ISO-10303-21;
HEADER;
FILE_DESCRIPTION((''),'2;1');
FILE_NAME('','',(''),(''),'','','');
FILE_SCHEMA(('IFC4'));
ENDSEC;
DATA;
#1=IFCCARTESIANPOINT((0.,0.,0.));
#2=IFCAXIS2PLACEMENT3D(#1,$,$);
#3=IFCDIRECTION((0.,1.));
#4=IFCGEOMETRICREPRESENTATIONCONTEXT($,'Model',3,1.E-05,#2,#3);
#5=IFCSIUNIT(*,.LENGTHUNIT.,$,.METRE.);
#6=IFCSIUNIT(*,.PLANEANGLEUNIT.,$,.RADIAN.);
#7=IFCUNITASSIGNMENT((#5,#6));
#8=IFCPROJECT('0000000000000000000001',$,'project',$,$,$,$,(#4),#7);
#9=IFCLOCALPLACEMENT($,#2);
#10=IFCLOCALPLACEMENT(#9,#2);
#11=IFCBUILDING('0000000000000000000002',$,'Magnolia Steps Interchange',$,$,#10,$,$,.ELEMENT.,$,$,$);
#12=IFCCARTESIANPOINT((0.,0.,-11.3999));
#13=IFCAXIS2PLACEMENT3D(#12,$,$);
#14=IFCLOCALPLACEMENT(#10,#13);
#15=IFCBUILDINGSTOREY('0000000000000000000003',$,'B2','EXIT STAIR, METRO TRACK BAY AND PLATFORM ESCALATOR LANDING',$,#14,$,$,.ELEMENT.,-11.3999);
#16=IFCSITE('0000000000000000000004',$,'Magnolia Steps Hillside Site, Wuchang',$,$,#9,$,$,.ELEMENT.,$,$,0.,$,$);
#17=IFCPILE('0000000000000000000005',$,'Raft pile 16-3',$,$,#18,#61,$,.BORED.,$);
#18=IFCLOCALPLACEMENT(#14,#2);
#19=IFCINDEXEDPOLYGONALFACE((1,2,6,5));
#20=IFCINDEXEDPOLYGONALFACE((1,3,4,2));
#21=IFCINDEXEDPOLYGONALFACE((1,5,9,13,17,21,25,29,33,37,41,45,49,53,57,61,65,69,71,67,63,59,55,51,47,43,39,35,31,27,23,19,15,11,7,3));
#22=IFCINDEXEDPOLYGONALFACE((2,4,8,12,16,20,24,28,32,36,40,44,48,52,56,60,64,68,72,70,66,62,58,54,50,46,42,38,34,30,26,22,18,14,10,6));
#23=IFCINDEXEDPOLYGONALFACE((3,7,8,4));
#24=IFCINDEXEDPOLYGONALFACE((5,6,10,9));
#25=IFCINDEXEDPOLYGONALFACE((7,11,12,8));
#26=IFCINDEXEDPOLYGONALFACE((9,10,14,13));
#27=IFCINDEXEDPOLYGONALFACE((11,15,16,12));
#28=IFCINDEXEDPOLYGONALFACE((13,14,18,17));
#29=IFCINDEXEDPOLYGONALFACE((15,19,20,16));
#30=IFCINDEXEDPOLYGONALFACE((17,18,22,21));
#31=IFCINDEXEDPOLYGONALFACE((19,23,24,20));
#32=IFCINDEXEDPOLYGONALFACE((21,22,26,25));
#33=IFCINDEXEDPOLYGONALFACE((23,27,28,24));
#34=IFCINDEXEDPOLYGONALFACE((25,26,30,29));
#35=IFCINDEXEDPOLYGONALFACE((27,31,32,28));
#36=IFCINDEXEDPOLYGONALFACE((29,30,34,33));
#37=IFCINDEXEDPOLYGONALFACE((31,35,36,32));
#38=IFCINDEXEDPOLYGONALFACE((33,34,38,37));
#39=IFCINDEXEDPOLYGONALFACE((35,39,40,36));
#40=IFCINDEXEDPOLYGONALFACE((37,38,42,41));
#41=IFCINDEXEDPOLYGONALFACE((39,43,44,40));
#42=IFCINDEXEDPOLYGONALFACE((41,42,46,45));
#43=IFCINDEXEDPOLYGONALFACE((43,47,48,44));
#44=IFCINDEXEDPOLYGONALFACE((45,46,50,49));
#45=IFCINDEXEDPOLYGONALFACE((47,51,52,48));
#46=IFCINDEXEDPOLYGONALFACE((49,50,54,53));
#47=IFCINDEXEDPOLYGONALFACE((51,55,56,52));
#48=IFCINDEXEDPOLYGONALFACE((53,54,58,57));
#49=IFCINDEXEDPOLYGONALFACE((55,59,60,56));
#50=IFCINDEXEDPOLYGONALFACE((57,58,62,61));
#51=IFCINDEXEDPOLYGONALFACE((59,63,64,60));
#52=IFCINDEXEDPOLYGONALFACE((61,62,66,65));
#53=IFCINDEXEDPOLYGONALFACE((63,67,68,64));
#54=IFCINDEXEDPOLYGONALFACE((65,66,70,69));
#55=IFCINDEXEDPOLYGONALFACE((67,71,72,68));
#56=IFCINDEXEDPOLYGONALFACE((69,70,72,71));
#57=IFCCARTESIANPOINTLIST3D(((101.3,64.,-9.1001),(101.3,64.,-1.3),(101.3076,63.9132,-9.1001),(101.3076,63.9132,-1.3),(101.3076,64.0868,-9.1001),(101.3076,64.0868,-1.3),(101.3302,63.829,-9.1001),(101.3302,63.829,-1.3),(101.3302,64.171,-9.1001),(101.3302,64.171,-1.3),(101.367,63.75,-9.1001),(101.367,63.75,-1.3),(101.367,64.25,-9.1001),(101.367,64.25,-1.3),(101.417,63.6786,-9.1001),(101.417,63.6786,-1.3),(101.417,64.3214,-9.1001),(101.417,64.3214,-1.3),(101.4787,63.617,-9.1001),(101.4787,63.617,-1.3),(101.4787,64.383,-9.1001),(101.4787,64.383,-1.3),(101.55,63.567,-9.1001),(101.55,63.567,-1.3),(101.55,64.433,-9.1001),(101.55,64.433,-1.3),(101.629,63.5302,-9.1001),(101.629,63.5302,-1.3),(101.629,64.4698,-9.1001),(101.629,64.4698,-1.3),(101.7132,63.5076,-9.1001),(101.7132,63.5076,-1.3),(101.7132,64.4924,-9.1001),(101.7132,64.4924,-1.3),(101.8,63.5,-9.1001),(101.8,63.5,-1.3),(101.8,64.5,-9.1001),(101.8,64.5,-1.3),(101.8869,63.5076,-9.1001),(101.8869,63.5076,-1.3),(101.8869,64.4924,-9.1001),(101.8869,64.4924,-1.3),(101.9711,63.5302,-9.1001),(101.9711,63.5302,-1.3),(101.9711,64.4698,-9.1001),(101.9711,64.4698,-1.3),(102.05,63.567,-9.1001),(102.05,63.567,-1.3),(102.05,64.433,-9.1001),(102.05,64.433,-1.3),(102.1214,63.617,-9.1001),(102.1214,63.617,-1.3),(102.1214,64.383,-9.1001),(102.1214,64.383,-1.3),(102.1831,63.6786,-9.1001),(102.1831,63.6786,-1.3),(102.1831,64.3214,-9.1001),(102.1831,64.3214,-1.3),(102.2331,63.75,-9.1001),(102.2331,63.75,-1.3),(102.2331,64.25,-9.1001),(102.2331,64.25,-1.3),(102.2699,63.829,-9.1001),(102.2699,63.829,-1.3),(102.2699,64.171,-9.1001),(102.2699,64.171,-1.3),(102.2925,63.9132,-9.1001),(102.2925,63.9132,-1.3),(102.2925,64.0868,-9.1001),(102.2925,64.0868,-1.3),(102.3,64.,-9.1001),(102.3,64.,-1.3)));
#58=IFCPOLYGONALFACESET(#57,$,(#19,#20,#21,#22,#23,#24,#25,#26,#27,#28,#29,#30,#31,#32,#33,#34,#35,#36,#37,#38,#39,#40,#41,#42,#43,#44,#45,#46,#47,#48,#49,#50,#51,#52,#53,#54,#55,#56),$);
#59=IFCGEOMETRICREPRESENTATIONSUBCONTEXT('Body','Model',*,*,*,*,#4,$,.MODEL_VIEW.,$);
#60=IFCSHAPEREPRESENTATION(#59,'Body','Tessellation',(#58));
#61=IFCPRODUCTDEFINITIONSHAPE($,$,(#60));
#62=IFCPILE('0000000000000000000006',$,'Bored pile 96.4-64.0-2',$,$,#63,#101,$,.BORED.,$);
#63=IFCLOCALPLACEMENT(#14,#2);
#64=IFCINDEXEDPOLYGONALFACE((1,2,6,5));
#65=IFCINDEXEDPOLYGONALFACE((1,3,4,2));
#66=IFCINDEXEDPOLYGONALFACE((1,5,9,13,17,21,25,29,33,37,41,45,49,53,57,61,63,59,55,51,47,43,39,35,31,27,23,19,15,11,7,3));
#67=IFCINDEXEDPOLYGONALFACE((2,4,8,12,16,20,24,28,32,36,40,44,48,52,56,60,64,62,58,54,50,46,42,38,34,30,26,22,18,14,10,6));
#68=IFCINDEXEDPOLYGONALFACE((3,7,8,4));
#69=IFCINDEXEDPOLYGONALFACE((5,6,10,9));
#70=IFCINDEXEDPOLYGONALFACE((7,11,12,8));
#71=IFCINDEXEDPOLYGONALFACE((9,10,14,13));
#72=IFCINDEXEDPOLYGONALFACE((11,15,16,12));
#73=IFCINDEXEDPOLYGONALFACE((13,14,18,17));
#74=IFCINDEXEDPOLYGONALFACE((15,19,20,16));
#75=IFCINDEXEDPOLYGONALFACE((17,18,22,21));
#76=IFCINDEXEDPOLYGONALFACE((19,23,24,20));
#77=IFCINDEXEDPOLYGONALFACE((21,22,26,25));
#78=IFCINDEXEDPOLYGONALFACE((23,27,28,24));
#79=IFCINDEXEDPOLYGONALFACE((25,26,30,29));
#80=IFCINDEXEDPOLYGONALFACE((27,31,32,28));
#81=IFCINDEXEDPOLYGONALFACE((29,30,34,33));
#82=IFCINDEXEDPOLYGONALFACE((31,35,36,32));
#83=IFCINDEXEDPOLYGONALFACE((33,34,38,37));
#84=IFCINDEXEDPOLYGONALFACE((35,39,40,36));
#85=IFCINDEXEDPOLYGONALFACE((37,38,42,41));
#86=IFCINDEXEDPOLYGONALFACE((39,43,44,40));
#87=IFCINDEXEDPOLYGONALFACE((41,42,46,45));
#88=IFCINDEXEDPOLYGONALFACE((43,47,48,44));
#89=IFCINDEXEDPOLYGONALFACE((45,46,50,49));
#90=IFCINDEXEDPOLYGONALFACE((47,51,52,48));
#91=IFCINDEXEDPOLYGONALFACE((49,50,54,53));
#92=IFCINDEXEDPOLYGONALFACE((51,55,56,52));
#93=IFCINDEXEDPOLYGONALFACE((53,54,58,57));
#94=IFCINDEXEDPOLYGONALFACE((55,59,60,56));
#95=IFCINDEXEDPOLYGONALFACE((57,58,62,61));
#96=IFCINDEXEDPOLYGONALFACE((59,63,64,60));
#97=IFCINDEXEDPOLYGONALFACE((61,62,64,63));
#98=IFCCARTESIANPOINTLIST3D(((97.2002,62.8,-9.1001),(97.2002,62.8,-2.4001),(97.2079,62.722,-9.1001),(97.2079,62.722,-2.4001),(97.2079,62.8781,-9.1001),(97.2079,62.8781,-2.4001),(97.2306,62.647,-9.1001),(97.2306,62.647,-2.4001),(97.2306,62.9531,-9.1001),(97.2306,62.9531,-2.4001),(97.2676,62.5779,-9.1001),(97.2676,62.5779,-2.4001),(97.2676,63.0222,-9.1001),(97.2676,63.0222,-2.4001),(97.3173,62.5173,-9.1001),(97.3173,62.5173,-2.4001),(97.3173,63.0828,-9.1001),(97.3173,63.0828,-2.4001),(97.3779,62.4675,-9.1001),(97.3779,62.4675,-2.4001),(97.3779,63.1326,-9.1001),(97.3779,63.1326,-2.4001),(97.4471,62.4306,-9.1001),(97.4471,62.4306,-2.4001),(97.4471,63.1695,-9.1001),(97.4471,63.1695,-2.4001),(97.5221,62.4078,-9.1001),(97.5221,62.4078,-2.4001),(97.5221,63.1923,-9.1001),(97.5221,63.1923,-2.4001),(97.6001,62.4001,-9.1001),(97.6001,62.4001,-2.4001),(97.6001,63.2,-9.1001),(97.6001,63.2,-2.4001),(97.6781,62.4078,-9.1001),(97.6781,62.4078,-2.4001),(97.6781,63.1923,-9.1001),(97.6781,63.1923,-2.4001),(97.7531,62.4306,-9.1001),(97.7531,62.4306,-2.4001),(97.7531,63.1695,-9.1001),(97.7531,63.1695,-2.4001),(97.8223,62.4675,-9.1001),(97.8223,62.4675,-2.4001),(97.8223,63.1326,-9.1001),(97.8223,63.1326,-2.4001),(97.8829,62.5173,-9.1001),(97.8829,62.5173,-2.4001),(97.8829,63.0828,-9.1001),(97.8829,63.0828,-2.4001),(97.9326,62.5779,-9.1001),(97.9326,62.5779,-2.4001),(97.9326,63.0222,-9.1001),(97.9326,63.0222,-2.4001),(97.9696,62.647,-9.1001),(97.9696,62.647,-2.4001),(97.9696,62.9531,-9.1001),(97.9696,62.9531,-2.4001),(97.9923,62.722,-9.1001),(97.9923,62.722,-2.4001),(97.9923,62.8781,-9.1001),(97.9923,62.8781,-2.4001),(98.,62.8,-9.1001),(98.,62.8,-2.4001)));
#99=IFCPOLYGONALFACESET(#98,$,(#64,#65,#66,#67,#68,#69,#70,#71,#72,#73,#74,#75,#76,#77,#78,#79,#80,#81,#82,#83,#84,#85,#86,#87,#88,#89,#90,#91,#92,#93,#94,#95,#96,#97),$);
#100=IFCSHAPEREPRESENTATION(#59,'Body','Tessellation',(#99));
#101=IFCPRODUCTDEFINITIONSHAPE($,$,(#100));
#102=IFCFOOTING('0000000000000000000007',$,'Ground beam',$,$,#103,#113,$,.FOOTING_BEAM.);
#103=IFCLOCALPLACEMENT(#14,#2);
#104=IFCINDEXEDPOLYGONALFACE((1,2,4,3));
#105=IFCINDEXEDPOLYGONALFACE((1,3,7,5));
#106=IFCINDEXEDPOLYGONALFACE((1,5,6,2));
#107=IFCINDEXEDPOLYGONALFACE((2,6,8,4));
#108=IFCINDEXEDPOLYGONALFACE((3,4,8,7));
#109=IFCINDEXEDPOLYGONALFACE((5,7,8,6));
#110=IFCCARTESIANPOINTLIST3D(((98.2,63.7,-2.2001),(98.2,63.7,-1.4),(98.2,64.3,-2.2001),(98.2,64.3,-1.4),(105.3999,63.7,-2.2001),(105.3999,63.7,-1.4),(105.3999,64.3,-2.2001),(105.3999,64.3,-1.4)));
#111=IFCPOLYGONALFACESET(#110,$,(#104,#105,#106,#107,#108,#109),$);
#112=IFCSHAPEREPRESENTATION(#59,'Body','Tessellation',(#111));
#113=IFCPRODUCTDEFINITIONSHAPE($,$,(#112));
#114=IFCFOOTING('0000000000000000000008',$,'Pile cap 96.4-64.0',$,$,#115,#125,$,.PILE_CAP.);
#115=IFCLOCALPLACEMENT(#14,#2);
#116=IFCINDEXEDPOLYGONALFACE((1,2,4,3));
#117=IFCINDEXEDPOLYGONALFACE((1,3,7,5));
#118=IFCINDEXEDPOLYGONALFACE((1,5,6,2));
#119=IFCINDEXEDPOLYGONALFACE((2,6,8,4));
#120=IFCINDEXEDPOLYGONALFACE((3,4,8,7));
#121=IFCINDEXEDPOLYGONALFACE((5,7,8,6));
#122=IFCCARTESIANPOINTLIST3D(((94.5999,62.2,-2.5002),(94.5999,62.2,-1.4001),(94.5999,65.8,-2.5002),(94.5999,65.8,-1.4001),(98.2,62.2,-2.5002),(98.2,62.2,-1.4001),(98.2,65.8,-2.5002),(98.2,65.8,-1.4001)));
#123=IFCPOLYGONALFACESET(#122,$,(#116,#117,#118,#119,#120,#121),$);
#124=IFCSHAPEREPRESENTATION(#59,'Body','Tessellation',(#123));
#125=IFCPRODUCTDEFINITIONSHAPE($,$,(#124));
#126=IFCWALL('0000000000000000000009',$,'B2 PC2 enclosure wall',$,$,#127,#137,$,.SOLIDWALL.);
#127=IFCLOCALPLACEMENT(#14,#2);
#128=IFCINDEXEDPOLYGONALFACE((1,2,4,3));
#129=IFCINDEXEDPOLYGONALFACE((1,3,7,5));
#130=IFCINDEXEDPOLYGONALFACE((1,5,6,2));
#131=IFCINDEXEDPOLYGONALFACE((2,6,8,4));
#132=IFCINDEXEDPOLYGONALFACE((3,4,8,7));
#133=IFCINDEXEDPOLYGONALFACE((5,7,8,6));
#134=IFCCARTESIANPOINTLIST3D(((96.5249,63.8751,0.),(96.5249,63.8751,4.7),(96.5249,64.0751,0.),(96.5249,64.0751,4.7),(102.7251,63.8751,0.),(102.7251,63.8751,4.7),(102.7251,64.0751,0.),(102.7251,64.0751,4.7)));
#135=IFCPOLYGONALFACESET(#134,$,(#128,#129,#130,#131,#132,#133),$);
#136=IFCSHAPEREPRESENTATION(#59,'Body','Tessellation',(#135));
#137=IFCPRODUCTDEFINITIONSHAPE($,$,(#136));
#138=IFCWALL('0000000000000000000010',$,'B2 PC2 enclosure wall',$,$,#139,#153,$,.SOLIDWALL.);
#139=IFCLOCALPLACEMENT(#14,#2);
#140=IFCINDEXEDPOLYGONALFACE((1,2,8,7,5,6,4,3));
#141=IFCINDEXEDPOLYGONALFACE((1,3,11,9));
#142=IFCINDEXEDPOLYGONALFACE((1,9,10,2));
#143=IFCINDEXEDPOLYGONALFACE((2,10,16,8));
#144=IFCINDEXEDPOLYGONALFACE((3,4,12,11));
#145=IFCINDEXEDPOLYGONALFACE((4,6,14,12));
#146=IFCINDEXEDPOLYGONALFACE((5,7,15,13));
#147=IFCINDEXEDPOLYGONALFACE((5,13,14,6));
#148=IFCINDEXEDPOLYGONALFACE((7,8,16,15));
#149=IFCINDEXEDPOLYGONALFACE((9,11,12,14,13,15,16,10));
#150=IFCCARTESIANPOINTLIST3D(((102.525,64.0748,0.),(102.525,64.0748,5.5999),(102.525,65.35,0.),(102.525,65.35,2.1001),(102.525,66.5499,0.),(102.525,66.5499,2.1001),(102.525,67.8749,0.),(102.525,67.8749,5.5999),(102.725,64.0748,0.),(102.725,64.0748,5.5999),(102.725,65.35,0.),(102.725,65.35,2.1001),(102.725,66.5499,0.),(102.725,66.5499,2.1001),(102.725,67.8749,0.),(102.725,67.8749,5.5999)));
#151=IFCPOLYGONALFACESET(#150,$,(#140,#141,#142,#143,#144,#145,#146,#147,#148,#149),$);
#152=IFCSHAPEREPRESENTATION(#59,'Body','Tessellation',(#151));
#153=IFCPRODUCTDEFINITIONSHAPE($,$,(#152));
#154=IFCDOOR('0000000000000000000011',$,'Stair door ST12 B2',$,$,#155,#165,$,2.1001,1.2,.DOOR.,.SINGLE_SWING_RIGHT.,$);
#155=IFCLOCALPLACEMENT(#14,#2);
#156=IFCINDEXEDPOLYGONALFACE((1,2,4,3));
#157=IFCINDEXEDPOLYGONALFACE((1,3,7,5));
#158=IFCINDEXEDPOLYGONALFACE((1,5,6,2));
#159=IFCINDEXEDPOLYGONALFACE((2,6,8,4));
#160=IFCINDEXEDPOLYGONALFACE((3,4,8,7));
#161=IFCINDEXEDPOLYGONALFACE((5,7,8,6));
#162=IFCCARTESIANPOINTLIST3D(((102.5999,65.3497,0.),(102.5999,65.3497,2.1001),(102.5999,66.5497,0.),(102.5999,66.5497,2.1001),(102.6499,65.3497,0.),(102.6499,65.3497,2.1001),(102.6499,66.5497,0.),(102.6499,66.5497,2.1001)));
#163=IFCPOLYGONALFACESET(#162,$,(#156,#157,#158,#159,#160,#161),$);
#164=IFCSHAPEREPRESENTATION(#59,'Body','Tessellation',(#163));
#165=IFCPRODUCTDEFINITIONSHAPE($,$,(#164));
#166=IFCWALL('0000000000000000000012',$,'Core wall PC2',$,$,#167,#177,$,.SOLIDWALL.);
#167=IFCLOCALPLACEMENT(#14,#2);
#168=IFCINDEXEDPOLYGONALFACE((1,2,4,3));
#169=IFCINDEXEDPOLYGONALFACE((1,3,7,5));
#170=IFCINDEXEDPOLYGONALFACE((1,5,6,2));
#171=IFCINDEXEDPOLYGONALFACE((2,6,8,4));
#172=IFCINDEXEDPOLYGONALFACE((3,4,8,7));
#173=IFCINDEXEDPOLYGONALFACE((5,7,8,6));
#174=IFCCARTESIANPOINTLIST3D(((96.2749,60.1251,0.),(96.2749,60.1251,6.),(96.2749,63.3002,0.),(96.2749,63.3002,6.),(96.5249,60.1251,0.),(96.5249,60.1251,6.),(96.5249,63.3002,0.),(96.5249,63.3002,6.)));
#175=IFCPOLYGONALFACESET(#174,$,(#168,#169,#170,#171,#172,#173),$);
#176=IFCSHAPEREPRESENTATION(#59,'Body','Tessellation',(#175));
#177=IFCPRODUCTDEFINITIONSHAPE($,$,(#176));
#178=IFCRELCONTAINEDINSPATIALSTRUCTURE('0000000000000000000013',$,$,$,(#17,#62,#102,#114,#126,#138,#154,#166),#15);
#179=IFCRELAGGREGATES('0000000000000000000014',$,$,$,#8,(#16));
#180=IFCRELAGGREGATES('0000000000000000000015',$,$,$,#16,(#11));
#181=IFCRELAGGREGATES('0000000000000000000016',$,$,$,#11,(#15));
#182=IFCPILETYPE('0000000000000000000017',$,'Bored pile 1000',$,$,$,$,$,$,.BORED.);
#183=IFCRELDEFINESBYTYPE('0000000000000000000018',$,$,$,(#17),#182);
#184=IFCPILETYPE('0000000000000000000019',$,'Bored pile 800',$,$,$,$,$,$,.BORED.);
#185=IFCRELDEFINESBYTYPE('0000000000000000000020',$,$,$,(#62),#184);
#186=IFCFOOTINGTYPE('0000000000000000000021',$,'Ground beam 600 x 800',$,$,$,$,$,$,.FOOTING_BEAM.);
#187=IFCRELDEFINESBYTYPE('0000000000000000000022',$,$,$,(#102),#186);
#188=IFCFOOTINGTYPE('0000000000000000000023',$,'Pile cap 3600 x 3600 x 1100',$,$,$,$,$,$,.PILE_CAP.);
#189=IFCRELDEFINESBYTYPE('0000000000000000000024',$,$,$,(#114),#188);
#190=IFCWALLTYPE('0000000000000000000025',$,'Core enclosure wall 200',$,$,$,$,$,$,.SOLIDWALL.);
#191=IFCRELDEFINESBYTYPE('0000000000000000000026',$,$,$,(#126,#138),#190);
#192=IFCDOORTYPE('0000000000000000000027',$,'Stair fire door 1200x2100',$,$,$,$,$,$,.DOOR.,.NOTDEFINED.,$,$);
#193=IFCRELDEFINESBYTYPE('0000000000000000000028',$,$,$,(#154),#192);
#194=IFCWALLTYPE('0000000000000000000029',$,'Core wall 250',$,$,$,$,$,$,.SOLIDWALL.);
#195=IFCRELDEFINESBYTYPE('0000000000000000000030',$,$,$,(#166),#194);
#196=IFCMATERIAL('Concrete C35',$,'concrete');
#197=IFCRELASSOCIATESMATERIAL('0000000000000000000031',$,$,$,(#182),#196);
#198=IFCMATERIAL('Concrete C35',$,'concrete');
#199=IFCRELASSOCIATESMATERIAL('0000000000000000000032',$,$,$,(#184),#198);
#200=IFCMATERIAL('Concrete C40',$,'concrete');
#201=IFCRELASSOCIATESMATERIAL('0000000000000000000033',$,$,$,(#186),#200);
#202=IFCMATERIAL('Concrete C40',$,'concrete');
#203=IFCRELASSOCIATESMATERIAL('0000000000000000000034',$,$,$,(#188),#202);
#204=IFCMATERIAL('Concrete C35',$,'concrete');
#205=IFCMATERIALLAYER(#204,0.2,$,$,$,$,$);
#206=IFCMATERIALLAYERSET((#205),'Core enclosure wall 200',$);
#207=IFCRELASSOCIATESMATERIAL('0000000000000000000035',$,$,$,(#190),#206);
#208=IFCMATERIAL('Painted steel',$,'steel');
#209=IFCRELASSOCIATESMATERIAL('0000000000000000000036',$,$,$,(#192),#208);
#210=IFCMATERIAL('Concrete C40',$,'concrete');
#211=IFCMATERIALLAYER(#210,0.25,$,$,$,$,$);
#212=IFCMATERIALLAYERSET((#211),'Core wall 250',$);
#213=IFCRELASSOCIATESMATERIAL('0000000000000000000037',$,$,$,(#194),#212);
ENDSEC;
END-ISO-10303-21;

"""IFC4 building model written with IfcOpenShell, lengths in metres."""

from ifc_helpers import new_model, si_unit, direction, frame, frame_2d, origin, origin_2d, place, context, subcontext, project, spatial, rectangle, circle, extrude, material, layer, layer_set, material_profile, profile_set, type_object, element, fill, save


model = new_model("IFC4")

# Units and contexts
model_context = context("Model", 3, precision=1e-05, world=origin(), true_north=direction((0.0, 1.0)))
body_context = subcontext(model_context, "Body", "Model", "MODEL_VIEW")
ifc_project = project(units=[si_unit("LENGTHUNIT", "METRE"), si_unit("PLANEANGLEUNIT", "RADIAN")], contexts=[model_context])

# Site, building, storey
site_placement = place(None, origin())
site = spatial("IfcSite", under=ifc_project, at=site_placement, Name="Magnolia Steps Hillside Site, Wuchang", CompositionType="ELEMENT", RefElevation=0.0)
building_placement = place(site_placement, origin())
building = spatial("IfcBuilding", under=site, at=building_placement, Name="Magnolia Steps Interchange", CompositionType="ELEMENT")
storey_placement = place(building_placement, frame((0.0, 0.0, -11.3999)))
storey = spatial("IfcBuildingStorey", under=building, at=storey_placement, Name="B2", Description="EXIT STAIR, METRO TRACK BAY AND PLATFORM ESCALATOR LANDING", CompositionType="ELEMENT", Elevation=-11.3999)

# Piles
ifc_material_1 = material(Name="Concrete C35", Category="concrete")
ifc_material_profile_1 = material_profile(ifc_material_1, circle(Radius=0.5, at=origin_2d()), Name="Bored pile 1000")
ifc_profile_set_1 = profile_set([ifc_material_profile_1], Name="Concrete C35")
pile_type_1 = type_object("IfcPileType", Name="Bored pile 1000", PredefinedType="BORED", material=ifc_profile_set_1)
pile_1_placement = place(storey_placement, frame((101.8, 64.0, -1.3), z_axis=(0.0, 0.0, -1.0), x_axis=(1.0, 0.0, 0.0)))
element("IfcPile", 1, at=pile_1_placement, inside=storey, type_object=pile_type_1, Name="Raft pile 16-3", PredefinedType="BORED", context=body_context, shape_type="SweptSolid", body=[
    extrude(circle(Radius=0.5, at=origin_2d()), origin(), (0.0, 0.0, 1.0), 7.8),
])
ifc_material_2 = material(Name="Concrete C35", Category="concrete")
ifc_material_profile_2 = material_profile(ifc_material_2, circle(Radius=0.3999, at=origin_2d()), Name="Bored pile 800")
ifc_profile_set_2 = profile_set([ifc_material_profile_2], Name="Concrete C35")
pile_type_2 = type_object("IfcPileType", Name="Bored pile 800", PredefinedType="BORED", material=ifc_profile_set_2)
pile_2_placement = place(storey_placement, frame((97.6001, 62.8, -2.4001), z_axis=(0.0, 0.0, -1.0), x_axis=(1.0, 0.0, 0.0)))
element("IfcPile", 2, at=pile_2_placement, inside=storey, type_object=pile_type_2, Name="Bored pile 96.4-64.0-2", PredefinedType="BORED", context=body_context, shape_type="SweptSolid", body=[
    extrude(circle(Radius=0.3999, at=origin_2d()), origin(), (0.0, 0.0, 1.0), 6.7),
])

# Footings
ifc_material_3 = material(Name="Concrete C40", Category="concrete")
ifc_material_profile_3 = material_profile(ifc_material_3, rectangle(XDim=0.6001, YDim=0.8, at=origin_2d()), Name="RC600x800")
ifc_profile_set_3 = profile_set([ifc_material_profile_3], Name="Concrete C40")
footing_type_1 = type_object("IfcFootingType", Name="Ground beam 600 x 800", PredefinedType="FOOTING_BEAM", material=ifc_profile_set_3)
footing_1_placement = place(storey_placement, frame((98.2, 64.0, -1.8), z_axis=(1.0, 0.0, 0.0), x_axis=(0.0, 1.0, 0.0)))
element("IfcFooting", 3, at=footing_1_placement, inside=storey, type_object=footing_type_1, Name="Ground beam", PredefinedType="FOOTING_BEAM", context=body_context, shape_type="SweptSolid", body=[
    extrude(rectangle(XDim=0.6001, YDim=0.8, at=origin_2d()), origin(), (0.0, 0.0, 1.0), 7.2),
])
ifc_material_4 = material(Name="Concrete C40", Category="concrete")
footing_type_2 = type_object("IfcFootingType", Name="Pile cap 3600 x 3600 x 1100", PredefinedType="PILE_CAP", material=ifc_material_4)
footing_2_placement = place(storey_placement, frame((96.3999, 64.0, -2.5002), z_axis=(0.0, 0.0, 1.0), x_axis=(1.0, 0.0, 0.0)))
element("IfcFooting", 4, at=footing_2_placement, inside=storey, type_object=footing_type_2, Name="Pile cap 96.4-64.0", PredefinedType="PILE_CAP", context=body_context, shape_type="SweptSolid", body=[
    extrude(rectangle(XDim=3.6001, YDim=3.6001, at=origin_2d()), origin(), (0.0, 0.0, 1.0), 1.1001),
])

# Wall
ifc_material_5 = material(Name="Concrete C35", Category="concrete")
ifc_layer_1 = layer(ifc_material_5, 0.2)
ifc_layer_set_1 = layer_set([ifc_layer_1], Name="Core enclosure wall 200")
wall_type_1 = type_object("IfcWallType", Name="Core enclosure wall 200", PredefinedType="SOLIDWALL", material=ifc_layer_set_1)
wall_1_placement = place(storey_placement, frame((102.7251, 63.9751, 0.0), z_axis=(0.0, 0.0, 1.0), x_axis=(-1.0, 0.0, 0.0)))
element("IfcWall", 5, at=wall_1_placement, inside=storey, type_object=wall_type_1, Name="B2 PC2 enclosure wall", PredefinedType="SOLIDWALL", context=body_context, shape_type="SweptSolid", body=[
    extrude(rectangle(XDim=6.2002, YDim=0.2, at=frame_2d((3.1001, 0.0))), origin(), (0.0, 0.0, 1.0), 4.7),
])

# Wall, opening, door
wall_2_placement = place(storey_placement, frame((102.625, 64.075, 0.0), z_axis=(0.0, 0.0, 1.0), x_axis=(0.0, 1.0, 0.0)))
wall_2 = element("IfcWall", 6, at=wall_2_placement, inside=storey, type_object=wall_type_1, Name="B2 PC2 enclosure wall", PredefinedType="SOLIDWALL", context=body_context, shape_type="SweptSolid", body=[
    extrude(rectangle(XDim=3.8, YDim=0.2, at=frame_2d((1.8999, 0.0))), origin(), (0.0, 0.0, 1.0), 5.5999),
])
opening_placement = place(wall_2_placement, frame((1.2749, 0.0, 0.0)))
opening = element("IfcOpeningElement", 7, at=opening_placement, cuts=wall_2, PredefinedType="OPENING", context=body_context, shape_type="SweptSolid", body=[
    extrude(rectangle(XDim=1.2, YDim=2.1001, at=frame_2d((0.6001, 1.05))), frame((0.0, 0.1099, 0.0), z_axis=(0.0, -1.0, 0.0), x_axis=(1.0, 0.0, 0.0)), (0.0, 0.0, 1.0), 0.22),
])
ifc_material_6 = material(Name="Painted steel", Category="steel")
door_type = type_object("IfcDoorType", Name="Stair fire door 1200x2100", OperationType="NOTDEFINED", PredefinedType="DOOR", material=ifc_material_6)
door_placement = place(opening_placement, frame((1.2, 0.0, 0.0), z_axis=(0.0, 0.0, 1.0), x_axis=(-1.0, 0.0, 0.0)))
door = element("IfcDoor", 8, at=door_placement, inside=storey, type_object=door_type, Name="Stair door ST12 B2", OperationType="SINGLE_SWING_RIGHT", OverallHeight=2.1001, OverallWidth=1.2, PredefinedType="DOOR", context=body_context, shape_type="SweptSolid", body=[
    extrude(rectangle(XDim=1.2, YDim=2.1001, at=frame_2d((0.6001, 1.05))), frame((0.0, 0.0249, 0.0), z_axis=(0.0, -1.0, 0.0), x_axis=(1.0, 0.0, 0.0)), (0.0, 0.0, 1.0), 0.05),
])
fill(opening, door)

# Wall
ifc_material_7 = material(Name="Concrete C40", Category="concrete")
ifc_layer_2 = layer(ifc_material_7, 0.25)
ifc_layer_set_2 = layer_set([ifc_layer_2], Name="Core wall 250")
wall_type_2 = type_object("IfcWallType", Name="Core wall 250", PredefinedType="SOLIDWALL", material=ifc_layer_set_2)
wall_3_placement = place(storey_placement, frame((96.3999, 63.3, 0.0), z_axis=(0.0, 0.0, 1.0), x_axis=(0.0, -1.0, 0.0)))
element("IfcWall", 9, at=wall_3_placement, inside=storey, type_object=wall_type_2, Name="Core wall PC2", PredefinedType="SOLIDWALL", context=body_context, shape_type="SweptSolid", body=[
    extrude(rectangle(XDim=3.175, YDim=0.25, at=frame_2d((1.5874, 0.0))), origin(), (0.0, 0.0, 1.0), 6.0),
])

save(model, "model.ifc")
